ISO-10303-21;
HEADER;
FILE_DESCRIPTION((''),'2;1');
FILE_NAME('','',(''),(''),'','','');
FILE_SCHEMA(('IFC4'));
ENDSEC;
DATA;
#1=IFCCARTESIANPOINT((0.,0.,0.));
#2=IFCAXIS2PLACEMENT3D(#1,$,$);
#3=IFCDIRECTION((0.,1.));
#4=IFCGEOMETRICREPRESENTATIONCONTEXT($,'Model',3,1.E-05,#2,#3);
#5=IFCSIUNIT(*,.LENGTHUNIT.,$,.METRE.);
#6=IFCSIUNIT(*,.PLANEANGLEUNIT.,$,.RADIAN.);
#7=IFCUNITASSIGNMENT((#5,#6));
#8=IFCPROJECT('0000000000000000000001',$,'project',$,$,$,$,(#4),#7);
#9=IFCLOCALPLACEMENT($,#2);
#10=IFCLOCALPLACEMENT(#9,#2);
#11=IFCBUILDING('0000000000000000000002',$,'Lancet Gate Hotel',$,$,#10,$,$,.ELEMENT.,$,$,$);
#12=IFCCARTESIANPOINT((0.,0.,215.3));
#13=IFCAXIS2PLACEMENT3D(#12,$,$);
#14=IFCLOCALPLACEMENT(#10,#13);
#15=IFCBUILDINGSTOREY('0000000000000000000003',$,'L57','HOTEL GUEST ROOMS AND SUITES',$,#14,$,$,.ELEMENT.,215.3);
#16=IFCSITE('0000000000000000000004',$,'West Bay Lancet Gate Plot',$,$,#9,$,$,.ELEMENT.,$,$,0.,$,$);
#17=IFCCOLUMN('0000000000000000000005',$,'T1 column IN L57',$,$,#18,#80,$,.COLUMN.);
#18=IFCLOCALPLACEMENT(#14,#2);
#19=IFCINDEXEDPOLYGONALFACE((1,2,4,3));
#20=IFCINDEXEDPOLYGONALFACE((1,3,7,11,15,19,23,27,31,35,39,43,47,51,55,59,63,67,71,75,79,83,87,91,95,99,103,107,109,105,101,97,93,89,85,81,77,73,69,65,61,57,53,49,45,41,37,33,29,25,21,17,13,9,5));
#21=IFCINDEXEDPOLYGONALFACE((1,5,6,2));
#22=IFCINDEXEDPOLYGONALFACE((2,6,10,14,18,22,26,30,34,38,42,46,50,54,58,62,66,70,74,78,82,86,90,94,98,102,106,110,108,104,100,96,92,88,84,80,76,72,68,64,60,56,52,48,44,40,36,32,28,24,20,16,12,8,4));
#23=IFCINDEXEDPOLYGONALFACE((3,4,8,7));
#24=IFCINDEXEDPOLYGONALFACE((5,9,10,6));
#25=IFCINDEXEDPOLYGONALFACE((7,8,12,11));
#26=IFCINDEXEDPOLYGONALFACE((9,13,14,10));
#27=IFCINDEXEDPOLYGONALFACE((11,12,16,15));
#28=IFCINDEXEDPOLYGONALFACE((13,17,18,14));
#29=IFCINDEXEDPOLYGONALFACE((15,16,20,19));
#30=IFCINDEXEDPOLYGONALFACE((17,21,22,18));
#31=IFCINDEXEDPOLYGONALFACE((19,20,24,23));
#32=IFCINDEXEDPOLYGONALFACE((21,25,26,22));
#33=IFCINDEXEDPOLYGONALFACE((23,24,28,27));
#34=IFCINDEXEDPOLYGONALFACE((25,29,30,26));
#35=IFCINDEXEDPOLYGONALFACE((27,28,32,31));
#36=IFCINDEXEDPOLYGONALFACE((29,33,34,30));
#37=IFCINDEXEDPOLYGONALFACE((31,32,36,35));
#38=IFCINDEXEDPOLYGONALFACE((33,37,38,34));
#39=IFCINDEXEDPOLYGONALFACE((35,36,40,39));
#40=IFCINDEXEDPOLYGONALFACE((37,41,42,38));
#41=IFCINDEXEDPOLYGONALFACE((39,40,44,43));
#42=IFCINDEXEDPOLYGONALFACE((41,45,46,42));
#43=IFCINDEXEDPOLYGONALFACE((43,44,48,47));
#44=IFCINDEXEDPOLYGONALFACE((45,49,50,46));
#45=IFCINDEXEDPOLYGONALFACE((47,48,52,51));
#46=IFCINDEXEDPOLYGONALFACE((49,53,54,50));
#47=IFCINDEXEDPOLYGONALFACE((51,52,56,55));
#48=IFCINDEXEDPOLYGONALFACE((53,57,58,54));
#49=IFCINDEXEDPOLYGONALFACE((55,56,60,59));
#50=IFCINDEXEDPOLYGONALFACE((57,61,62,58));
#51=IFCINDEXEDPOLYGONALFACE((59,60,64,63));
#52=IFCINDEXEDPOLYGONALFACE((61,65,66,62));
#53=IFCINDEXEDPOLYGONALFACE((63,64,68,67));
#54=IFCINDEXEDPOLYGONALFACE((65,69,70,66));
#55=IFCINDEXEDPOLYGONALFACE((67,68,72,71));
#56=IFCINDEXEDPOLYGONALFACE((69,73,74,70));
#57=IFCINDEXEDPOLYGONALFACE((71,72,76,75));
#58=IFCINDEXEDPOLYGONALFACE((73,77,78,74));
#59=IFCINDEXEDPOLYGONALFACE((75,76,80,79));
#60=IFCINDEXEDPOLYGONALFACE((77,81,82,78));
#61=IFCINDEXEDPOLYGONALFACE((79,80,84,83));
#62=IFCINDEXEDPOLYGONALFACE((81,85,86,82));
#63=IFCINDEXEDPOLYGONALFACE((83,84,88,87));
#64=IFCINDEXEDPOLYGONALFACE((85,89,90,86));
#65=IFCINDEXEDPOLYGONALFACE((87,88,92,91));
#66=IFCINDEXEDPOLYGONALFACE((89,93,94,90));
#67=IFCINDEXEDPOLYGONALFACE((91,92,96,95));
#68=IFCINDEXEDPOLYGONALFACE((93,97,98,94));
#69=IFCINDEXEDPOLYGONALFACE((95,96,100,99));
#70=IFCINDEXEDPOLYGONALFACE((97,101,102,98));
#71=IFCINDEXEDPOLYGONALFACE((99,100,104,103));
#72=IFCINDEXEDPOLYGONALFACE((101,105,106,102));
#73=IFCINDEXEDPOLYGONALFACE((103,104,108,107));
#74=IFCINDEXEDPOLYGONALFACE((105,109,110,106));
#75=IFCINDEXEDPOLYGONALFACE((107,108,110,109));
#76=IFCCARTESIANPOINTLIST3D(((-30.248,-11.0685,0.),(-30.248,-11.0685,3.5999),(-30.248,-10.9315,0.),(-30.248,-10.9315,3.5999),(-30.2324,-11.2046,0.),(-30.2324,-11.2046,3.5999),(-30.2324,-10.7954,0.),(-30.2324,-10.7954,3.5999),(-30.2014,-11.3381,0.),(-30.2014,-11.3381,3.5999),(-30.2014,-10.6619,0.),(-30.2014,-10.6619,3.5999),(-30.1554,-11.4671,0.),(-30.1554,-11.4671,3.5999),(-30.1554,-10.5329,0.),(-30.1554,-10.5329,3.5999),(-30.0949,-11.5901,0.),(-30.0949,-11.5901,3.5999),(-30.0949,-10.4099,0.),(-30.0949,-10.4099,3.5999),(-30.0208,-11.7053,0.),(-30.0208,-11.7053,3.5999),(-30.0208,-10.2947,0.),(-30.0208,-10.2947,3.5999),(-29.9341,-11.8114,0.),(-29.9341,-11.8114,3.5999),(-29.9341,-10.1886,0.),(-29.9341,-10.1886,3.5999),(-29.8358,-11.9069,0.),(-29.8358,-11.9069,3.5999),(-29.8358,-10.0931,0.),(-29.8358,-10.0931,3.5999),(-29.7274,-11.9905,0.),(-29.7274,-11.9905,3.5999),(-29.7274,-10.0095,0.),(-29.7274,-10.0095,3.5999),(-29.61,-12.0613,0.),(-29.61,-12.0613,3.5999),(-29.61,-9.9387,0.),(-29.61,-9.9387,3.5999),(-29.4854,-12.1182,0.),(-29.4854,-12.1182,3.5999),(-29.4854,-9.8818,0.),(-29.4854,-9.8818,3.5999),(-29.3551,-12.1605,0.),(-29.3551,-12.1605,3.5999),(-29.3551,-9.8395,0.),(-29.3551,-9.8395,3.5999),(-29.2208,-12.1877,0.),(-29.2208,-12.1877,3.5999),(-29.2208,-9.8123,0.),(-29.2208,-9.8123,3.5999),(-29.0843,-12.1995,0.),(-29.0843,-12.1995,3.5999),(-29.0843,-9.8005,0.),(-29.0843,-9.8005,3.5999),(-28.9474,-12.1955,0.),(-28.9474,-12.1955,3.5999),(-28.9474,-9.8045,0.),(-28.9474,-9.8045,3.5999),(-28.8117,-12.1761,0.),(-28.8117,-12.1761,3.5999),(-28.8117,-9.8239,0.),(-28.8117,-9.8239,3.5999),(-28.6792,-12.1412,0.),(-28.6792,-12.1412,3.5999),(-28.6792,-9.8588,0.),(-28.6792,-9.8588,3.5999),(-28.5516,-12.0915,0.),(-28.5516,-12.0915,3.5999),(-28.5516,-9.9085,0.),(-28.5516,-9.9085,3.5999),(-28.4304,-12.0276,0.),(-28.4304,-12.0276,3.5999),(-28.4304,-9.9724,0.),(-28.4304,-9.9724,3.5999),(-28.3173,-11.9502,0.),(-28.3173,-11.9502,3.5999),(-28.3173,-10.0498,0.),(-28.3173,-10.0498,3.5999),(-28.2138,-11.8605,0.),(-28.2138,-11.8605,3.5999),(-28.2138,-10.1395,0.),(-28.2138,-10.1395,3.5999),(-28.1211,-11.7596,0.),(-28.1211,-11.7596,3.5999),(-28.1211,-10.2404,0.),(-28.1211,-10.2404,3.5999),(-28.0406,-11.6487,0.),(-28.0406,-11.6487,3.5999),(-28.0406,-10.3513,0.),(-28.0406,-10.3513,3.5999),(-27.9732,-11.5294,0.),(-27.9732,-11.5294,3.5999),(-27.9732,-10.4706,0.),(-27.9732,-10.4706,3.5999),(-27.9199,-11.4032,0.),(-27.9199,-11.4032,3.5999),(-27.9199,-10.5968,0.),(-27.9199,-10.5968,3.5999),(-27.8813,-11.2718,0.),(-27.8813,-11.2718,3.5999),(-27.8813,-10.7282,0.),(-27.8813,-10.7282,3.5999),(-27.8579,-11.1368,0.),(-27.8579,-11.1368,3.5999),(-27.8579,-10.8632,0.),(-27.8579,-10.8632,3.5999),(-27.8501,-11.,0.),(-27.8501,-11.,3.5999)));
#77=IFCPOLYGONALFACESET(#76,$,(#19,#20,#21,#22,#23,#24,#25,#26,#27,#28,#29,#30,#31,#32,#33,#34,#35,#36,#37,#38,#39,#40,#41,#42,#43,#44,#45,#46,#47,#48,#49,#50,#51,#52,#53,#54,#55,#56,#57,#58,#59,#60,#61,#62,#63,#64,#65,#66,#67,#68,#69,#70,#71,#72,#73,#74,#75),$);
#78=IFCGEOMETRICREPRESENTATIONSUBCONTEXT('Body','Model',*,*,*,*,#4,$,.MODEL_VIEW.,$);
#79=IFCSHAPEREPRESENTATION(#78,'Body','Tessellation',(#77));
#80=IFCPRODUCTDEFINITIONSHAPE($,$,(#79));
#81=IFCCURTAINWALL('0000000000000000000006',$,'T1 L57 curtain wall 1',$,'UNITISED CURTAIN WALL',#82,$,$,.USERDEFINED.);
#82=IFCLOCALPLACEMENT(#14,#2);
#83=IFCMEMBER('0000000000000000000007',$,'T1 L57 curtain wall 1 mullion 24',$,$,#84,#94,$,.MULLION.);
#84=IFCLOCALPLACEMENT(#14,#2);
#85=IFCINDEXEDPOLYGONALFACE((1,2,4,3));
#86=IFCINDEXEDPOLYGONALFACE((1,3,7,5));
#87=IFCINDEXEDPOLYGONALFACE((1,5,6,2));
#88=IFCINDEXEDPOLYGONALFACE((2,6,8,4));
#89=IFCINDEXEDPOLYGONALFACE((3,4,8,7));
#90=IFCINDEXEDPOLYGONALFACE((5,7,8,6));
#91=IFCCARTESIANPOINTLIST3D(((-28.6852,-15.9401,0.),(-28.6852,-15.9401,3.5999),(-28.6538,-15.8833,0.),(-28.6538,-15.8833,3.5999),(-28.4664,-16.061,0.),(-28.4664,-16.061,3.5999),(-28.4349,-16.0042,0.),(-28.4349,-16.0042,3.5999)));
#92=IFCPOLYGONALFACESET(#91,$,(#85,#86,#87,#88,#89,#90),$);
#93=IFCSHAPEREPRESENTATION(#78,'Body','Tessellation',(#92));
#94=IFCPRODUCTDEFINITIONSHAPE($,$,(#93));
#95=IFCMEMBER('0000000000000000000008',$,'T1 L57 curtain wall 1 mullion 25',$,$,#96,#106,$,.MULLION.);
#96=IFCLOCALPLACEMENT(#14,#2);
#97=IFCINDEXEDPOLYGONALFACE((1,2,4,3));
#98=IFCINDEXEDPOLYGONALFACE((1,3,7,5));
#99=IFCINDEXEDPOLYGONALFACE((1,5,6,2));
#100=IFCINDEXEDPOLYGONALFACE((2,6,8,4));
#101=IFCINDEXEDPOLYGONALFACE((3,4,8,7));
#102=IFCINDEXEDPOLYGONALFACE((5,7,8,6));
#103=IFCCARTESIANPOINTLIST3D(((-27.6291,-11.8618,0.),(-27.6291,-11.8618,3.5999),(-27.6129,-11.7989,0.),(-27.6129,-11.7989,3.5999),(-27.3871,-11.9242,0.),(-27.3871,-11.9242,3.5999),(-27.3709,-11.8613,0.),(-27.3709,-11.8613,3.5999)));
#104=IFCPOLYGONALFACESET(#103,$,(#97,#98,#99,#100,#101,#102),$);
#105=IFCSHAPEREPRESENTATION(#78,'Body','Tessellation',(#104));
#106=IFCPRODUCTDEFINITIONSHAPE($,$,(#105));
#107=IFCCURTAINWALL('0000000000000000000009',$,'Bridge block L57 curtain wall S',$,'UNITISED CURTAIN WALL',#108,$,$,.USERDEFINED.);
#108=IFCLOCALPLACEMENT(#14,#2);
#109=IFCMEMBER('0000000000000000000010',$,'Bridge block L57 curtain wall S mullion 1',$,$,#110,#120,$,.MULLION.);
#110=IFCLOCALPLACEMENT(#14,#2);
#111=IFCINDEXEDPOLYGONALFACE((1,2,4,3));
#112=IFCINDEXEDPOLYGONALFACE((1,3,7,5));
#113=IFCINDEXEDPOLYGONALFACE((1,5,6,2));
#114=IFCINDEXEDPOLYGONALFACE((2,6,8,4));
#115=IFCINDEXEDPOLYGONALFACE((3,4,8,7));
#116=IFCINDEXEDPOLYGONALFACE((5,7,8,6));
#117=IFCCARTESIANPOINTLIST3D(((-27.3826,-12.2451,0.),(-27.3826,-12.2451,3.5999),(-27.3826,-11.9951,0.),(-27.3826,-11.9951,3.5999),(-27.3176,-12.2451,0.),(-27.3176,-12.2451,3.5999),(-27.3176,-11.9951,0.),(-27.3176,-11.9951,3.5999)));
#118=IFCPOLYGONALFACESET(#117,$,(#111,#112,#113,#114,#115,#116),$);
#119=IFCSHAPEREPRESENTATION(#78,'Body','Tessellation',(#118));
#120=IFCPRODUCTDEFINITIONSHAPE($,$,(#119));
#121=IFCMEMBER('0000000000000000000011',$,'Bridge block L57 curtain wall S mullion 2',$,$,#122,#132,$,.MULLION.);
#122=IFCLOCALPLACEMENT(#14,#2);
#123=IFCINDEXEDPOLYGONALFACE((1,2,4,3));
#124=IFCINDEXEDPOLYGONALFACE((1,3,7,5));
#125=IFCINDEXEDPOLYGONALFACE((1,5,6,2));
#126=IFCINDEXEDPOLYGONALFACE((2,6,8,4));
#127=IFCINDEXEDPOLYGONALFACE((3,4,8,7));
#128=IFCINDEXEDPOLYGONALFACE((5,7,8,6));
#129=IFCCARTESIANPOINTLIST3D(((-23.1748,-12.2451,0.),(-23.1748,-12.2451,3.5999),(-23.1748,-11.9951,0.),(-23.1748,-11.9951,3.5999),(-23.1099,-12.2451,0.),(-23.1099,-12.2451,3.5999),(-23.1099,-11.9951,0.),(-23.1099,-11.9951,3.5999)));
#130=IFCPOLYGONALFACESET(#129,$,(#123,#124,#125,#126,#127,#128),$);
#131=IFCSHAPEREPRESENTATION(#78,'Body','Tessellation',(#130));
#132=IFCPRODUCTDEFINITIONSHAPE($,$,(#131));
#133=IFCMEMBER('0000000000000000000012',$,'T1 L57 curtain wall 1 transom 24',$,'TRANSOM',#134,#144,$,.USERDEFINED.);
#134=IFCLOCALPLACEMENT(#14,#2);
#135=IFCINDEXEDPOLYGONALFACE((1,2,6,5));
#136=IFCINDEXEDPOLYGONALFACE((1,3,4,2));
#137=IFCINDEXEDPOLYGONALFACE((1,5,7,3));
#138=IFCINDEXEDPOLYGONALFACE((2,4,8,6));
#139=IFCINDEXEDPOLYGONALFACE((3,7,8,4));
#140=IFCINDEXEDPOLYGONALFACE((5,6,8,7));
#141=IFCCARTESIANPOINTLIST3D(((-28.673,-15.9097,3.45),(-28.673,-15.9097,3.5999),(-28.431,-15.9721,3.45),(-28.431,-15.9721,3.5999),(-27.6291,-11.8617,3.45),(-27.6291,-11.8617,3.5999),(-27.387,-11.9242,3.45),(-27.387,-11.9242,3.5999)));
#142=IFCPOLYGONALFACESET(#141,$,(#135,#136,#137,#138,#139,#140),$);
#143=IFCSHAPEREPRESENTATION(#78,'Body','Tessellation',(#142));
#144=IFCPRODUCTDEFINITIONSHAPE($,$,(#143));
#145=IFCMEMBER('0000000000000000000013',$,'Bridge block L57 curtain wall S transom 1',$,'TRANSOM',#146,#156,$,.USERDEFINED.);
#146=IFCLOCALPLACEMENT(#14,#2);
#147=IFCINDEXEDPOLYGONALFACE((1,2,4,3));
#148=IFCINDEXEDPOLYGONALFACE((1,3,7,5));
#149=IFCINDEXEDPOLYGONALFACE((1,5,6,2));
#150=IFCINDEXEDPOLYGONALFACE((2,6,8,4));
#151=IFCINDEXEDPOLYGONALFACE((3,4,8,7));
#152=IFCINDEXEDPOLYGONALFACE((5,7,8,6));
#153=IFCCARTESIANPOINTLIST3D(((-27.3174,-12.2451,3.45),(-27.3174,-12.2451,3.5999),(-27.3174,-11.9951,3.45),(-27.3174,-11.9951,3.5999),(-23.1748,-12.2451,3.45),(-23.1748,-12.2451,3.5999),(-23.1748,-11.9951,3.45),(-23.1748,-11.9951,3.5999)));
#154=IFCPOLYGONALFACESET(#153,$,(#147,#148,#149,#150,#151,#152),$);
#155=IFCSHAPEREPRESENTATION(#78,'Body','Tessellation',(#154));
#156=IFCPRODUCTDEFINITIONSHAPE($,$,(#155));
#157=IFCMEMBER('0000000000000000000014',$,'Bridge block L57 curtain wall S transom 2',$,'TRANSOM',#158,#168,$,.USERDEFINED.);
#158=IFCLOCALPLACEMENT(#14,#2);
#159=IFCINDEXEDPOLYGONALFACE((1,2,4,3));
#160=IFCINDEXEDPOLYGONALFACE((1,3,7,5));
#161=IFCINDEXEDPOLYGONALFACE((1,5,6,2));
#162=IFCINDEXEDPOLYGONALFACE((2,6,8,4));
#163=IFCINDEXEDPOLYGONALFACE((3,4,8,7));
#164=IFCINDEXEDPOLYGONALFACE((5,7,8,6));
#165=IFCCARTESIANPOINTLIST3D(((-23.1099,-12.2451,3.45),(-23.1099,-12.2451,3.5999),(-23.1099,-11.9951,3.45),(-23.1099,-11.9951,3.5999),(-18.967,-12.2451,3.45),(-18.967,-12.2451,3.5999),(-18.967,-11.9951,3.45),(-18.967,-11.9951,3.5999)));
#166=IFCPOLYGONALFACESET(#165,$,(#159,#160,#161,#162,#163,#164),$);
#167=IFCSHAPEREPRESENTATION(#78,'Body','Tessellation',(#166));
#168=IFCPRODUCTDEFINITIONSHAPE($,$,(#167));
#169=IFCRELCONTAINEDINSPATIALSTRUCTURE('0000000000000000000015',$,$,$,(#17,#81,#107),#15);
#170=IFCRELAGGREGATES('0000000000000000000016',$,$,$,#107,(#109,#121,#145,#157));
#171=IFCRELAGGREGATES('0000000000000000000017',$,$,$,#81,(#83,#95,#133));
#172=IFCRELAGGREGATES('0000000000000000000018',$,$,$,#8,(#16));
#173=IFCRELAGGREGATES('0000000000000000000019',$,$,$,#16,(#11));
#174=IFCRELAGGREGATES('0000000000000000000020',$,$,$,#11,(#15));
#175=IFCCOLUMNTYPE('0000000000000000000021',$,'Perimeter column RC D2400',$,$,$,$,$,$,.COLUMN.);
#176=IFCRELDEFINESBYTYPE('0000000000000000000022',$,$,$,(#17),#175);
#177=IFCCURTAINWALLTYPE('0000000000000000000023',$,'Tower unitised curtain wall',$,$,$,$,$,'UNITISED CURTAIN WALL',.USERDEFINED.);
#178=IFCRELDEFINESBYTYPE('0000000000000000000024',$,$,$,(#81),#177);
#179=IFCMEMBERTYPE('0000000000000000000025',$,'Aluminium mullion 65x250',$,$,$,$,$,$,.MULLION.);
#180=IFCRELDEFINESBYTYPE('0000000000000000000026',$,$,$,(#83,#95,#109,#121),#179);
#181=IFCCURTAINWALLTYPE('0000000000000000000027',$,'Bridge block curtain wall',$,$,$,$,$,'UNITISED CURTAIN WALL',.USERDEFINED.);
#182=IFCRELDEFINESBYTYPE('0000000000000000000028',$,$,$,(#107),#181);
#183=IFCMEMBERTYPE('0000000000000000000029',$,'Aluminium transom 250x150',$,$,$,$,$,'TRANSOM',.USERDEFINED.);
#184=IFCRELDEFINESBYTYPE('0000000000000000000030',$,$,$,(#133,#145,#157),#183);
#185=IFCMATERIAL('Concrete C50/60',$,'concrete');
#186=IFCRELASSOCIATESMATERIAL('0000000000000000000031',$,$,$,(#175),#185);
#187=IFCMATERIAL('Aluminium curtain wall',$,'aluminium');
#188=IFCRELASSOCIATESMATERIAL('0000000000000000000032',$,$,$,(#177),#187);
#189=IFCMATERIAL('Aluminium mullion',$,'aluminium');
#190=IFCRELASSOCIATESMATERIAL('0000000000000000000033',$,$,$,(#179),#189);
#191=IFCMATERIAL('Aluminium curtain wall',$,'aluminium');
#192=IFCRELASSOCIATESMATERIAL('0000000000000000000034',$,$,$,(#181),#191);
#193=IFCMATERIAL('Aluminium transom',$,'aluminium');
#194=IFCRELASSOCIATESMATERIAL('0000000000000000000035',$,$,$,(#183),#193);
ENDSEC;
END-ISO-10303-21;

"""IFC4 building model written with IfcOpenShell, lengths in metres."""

from ifc_helpers import new_model, si_unit, direction, frame, origin, origin_2d, place, context, subcontext, project, spatial, rectangle, circle, extrude, material, material_profile, profile_set, type_object, element, aggregate, save


model = new_model("IFC4")

# Units and contexts
model_context = context("Model", 3, precision=1e-05, world=origin(), true_north=direction((0.0, 1.0)))
body_context = subcontext(model_context, "Body", "Model", "MODEL_VIEW")
ifc_project = project(units=[si_unit("LENGTHUNIT", "METRE"), si_unit("PLANEANGLEUNIT", "RADIAN")], contexts=[model_context])

# Site, building, storey
site_placement = place(None, origin())
site = spatial("IfcSite", under=ifc_project, at=site_placement, Name="West Bay Lancet Gate Plot", CompositionType="ELEMENT", RefElevation=0.0)
building_placement = place(site_placement, origin())
building = spatial("IfcBuilding", under=site, at=building_placement, Name="Lancet Gate Hotel", CompositionType="ELEMENT")
storey_placement = place(building_placement, frame((0.0, 0.0, 215.3)))
storey = spatial("IfcBuildingStorey", under=building, at=storey_placement, Name="L57", Description="HOTEL GUEST ROOMS AND SUITES", CompositionType="ELEMENT", Elevation=215.3)

# Column
ifc_material_1 = material(Name="Concrete C50/60", Category="concrete")
ifc_material_profile_1 = material_profile(ifc_material_1, circle(Radius=1.2, at=origin_2d()), Name="RC D2400")
ifc_profile_set_1 = profile_set([ifc_material_profile_1], Name="Concrete C50/60")
column_type = type_object("IfcColumnType", Name="Perimeter column RC D2400", PredefinedType="COLUMN", material=ifc_profile_set_1)
column_placement = place(storey_placement, frame((-29.05, -11.0, 0.0), z_axis=(0.0, 0.0, 1.0), x_axis=(1.0, 0.0, 0.0)))
element("IfcColumn", 1, at=column_placement, inside=storey, type_object=column_type, Name="T1 column IN L57", PredefinedType="COLUMN", context=body_context, shape_type="SweptSolid", body=[
    extrude(circle(Radius=1.2, at=origin_2d()), origin(), (0.0, 0.0, 1.0), 3.5999),
])

# Curtain walls, members
ifc_material_2 = material(Name="Aluminium curtain wall", Category="aluminium")
curtain_wall_type_1 = type_object("IfcCurtainWallType", Name="Tower unitised curtain wall", ElementType="UNITISED CURTAIN WALL", PredefinedType="USERDEFINED", material=ifc_material_2)
curtain_wall_1_placement = place(storey_placement, origin())
curtain_wall_1 = element("IfcCurtainWall", 2, at=curtain_wall_1_placement, inside=storey, type_object=curtain_wall_type_1, Name="T1 L57 curtain wall 1", ObjectType="UNITISED CURTAIN WALL", PredefinedType="USERDEFINED")
ifc_material_3 = material(Name="Aluminium mullion", Category="aluminium")
ifc_material_profile_2 = material_profile(ifc_material_3, rectangle(XDim=0.0649, YDim=0.25, at=origin_2d()), Name="MULLION 65x250")
ifc_profile_set_2 = profile_set([ifc_material_profile_2], Name="Aluminium mullion")
member_type_1 = type_object("IfcMemberType", Name="Aluminium mullion 65x250", PredefinedType="MULLION", material=ifc_profile_set_2)
member_1_placement = place(storey_placement, frame((-28.5601, -15.9722, 0.0), z_axis=(0.0, 0.0, 1.0), x_axis=(0.483627, 0.875274, 0.0)))
member_1 = element("IfcMember", 3, at=member_1_placement, type_object=member_type_1, Name="T1 L57 curtain wall 1 mullion 24", PredefinedType="MULLION", context=body_context, shape_type="SweptSolid", body=[
    extrude(rectangle(XDim=0.0649, YDim=0.25, at=origin_2d()), origin(), (0.0, 0.0, 1.0), 3.5999),
])
member_2_placement = place(storey_placement, frame((-27.5, -11.8616, 0.0), z_axis=(0.0, 0.0, 1.0), x_axis=(0.249726, 0.968317, 0.0)))
member_2 = element("IfcMember", 4, at=member_2_placement, type_object=member_type_1, Name="T1 L57 curtain wall 1 mullion 25", PredefinedType="MULLION", context=body_context, shape_type="SweptSolid", body=[
    extrude(rectangle(XDim=0.0649, YDim=0.25, at=origin_2d()), origin(), (0.0, 0.0, 1.0), 3.5999),
])
ifc_material_4 = material(Name="Aluminium curtain wall", Category="aluminium")
curtain_wall_type_2 = type_object("IfcCurtainWallType", Name="Bridge block curtain wall", ElementType="UNITISED CURTAIN WALL", PredefinedType="USERDEFINED", material=ifc_material_4)
curtain_wall_2_placement = place(storey_placement, origin())
curtain_wall_2 = element("IfcCurtainWall", 5, at=curtain_wall_2_placement, inside=storey, type_object=curtain_wall_type_2, Name="Bridge block L57 curtain wall S", ObjectType="UNITISED CURTAIN WALL", PredefinedType="USERDEFINED")
member_3_placement = place(storey_placement, frame((-27.3501, -12.1201, 0.0), z_axis=(0.0, 0.0, 1.0), x_axis=(1.0, 0.0, 0.0)))
member_3 = element("IfcMember", 6, at=member_3_placement, type_object=member_type_1, Name="Bridge block L57 curtain wall S mullion 1", PredefinedType="MULLION", context=body_context, shape_type="SweptSolid", body=[
    extrude(rectangle(XDim=0.0649, YDim=0.25, at=origin_2d()), origin(), (0.0, 0.0, 1.0), 3.5999),
])
member_4_placement = place(storey_placement, frame((-23.1423, -12.1201, 0.0), z_axis=(0.0, 0.0, 1.0), x_axis=(1.0, 0.0, 0.0)))
member_4 = element("IfcMember", 7, at=member_4_placement, type_object=member_type_1, Name="Bridge block L57 curtain wall S mullion 2", PredefinedType="MULLION", context=body_context, shape_type="SweptSolid", body=[
    extrude(rectangle(XDim=0.0649, YDim=0.25, at=origin_2d()), origin(), (0.0, 0.0, 1.0), 3.5999),
])

# Members
ifc_material_5 = material(Name="Aluminium transom", Category="aluminium")
ifc_material_profile_3 = material_profile(ifc_material_5, rectangle(XDim=0.25, YDim=0.1499, at=origin_2d()), Name="TRANSOM 250x150")
ifc_profile_set_3 = profile_set([ifc_material_profile_3], Name="Aluminium transom")
member_type_2 = type_object("IfcMemberType", Name="Aluminium transom 250x150", ElementType="TRANSOM", PredefinedType="USERDEFINED", material=ifc_profile_set_3)
member_5_placement = place(storey_placement, frame((-28.552, -15.9409, 3.5249), z_axis=(0.249716, 0.968319, 0.0), x_axis=(-0.968319, 0.249716, 0.0)))
member_5 = element("IfcMember", 8, at=member_5_placement, type_object=member_type_2, Name="T1 L57 curtain wall 1 transom 24", ObjectType="TRANSOM", PredefinedType="USERDEFINED", context=body_context, shape_type="SweptSolid", body=[
    extrude(rectangle(XDim=0.25, YDim=0.1499, at=origin_2d()), origin(), (0.0, 0.0, 1.0), 4.1804),
])
member_6_placement = place(storey_placement, frame((-27.3174, -12.1201, 3.5249), z_axis=(1.0, 0.0, 0.0), x_axis=(0.0, 1.0, 0.0)))
member_6 = element("IfcMember", 9, at=member_6_placement, type_object=member_type_2, Name="Bridge block L57 curtain wall S transom 1", ObjectType="TRANSOM", PredefinedType="USERDEFINED", context=body_context, shape_type="SweptSolid", body=[
    extrude(rectangle(XDim=0.25, YDim=0.1499, at=origin_2d()), origin(), (0.0, 0.0, 1.0), 4.1426),
])
member_7_placement = place(storey_placement, frame((-23.1099, -12.1201, 3.5249), z_axis=(1.0, 0.0, 0.0), x_axis=(0.0, 1.0, 0.0)))
member_7 = element("IfcMember", 10, at=member_7_placement, type_object=member_type_2, Name="Bridge block L57 curtain wall S transom 2", ObjectType="TRANSOM", PredefinedType="USERDEFINED", context=body_context, shape_type="SweptSolid", body=[
    extrude(rectangle(XDim=0.25, YDim=0.1499, at=origin_2d()), origin(), (0.0, 0.0, 1.0), 4.1428),
])

aggregate(curtain_wall_2, [member_3, member_4, member_6, member_7])
aggregate(curtain_wall_1, [member_1, member_2, member_5])

save(model, "model.ifc")
